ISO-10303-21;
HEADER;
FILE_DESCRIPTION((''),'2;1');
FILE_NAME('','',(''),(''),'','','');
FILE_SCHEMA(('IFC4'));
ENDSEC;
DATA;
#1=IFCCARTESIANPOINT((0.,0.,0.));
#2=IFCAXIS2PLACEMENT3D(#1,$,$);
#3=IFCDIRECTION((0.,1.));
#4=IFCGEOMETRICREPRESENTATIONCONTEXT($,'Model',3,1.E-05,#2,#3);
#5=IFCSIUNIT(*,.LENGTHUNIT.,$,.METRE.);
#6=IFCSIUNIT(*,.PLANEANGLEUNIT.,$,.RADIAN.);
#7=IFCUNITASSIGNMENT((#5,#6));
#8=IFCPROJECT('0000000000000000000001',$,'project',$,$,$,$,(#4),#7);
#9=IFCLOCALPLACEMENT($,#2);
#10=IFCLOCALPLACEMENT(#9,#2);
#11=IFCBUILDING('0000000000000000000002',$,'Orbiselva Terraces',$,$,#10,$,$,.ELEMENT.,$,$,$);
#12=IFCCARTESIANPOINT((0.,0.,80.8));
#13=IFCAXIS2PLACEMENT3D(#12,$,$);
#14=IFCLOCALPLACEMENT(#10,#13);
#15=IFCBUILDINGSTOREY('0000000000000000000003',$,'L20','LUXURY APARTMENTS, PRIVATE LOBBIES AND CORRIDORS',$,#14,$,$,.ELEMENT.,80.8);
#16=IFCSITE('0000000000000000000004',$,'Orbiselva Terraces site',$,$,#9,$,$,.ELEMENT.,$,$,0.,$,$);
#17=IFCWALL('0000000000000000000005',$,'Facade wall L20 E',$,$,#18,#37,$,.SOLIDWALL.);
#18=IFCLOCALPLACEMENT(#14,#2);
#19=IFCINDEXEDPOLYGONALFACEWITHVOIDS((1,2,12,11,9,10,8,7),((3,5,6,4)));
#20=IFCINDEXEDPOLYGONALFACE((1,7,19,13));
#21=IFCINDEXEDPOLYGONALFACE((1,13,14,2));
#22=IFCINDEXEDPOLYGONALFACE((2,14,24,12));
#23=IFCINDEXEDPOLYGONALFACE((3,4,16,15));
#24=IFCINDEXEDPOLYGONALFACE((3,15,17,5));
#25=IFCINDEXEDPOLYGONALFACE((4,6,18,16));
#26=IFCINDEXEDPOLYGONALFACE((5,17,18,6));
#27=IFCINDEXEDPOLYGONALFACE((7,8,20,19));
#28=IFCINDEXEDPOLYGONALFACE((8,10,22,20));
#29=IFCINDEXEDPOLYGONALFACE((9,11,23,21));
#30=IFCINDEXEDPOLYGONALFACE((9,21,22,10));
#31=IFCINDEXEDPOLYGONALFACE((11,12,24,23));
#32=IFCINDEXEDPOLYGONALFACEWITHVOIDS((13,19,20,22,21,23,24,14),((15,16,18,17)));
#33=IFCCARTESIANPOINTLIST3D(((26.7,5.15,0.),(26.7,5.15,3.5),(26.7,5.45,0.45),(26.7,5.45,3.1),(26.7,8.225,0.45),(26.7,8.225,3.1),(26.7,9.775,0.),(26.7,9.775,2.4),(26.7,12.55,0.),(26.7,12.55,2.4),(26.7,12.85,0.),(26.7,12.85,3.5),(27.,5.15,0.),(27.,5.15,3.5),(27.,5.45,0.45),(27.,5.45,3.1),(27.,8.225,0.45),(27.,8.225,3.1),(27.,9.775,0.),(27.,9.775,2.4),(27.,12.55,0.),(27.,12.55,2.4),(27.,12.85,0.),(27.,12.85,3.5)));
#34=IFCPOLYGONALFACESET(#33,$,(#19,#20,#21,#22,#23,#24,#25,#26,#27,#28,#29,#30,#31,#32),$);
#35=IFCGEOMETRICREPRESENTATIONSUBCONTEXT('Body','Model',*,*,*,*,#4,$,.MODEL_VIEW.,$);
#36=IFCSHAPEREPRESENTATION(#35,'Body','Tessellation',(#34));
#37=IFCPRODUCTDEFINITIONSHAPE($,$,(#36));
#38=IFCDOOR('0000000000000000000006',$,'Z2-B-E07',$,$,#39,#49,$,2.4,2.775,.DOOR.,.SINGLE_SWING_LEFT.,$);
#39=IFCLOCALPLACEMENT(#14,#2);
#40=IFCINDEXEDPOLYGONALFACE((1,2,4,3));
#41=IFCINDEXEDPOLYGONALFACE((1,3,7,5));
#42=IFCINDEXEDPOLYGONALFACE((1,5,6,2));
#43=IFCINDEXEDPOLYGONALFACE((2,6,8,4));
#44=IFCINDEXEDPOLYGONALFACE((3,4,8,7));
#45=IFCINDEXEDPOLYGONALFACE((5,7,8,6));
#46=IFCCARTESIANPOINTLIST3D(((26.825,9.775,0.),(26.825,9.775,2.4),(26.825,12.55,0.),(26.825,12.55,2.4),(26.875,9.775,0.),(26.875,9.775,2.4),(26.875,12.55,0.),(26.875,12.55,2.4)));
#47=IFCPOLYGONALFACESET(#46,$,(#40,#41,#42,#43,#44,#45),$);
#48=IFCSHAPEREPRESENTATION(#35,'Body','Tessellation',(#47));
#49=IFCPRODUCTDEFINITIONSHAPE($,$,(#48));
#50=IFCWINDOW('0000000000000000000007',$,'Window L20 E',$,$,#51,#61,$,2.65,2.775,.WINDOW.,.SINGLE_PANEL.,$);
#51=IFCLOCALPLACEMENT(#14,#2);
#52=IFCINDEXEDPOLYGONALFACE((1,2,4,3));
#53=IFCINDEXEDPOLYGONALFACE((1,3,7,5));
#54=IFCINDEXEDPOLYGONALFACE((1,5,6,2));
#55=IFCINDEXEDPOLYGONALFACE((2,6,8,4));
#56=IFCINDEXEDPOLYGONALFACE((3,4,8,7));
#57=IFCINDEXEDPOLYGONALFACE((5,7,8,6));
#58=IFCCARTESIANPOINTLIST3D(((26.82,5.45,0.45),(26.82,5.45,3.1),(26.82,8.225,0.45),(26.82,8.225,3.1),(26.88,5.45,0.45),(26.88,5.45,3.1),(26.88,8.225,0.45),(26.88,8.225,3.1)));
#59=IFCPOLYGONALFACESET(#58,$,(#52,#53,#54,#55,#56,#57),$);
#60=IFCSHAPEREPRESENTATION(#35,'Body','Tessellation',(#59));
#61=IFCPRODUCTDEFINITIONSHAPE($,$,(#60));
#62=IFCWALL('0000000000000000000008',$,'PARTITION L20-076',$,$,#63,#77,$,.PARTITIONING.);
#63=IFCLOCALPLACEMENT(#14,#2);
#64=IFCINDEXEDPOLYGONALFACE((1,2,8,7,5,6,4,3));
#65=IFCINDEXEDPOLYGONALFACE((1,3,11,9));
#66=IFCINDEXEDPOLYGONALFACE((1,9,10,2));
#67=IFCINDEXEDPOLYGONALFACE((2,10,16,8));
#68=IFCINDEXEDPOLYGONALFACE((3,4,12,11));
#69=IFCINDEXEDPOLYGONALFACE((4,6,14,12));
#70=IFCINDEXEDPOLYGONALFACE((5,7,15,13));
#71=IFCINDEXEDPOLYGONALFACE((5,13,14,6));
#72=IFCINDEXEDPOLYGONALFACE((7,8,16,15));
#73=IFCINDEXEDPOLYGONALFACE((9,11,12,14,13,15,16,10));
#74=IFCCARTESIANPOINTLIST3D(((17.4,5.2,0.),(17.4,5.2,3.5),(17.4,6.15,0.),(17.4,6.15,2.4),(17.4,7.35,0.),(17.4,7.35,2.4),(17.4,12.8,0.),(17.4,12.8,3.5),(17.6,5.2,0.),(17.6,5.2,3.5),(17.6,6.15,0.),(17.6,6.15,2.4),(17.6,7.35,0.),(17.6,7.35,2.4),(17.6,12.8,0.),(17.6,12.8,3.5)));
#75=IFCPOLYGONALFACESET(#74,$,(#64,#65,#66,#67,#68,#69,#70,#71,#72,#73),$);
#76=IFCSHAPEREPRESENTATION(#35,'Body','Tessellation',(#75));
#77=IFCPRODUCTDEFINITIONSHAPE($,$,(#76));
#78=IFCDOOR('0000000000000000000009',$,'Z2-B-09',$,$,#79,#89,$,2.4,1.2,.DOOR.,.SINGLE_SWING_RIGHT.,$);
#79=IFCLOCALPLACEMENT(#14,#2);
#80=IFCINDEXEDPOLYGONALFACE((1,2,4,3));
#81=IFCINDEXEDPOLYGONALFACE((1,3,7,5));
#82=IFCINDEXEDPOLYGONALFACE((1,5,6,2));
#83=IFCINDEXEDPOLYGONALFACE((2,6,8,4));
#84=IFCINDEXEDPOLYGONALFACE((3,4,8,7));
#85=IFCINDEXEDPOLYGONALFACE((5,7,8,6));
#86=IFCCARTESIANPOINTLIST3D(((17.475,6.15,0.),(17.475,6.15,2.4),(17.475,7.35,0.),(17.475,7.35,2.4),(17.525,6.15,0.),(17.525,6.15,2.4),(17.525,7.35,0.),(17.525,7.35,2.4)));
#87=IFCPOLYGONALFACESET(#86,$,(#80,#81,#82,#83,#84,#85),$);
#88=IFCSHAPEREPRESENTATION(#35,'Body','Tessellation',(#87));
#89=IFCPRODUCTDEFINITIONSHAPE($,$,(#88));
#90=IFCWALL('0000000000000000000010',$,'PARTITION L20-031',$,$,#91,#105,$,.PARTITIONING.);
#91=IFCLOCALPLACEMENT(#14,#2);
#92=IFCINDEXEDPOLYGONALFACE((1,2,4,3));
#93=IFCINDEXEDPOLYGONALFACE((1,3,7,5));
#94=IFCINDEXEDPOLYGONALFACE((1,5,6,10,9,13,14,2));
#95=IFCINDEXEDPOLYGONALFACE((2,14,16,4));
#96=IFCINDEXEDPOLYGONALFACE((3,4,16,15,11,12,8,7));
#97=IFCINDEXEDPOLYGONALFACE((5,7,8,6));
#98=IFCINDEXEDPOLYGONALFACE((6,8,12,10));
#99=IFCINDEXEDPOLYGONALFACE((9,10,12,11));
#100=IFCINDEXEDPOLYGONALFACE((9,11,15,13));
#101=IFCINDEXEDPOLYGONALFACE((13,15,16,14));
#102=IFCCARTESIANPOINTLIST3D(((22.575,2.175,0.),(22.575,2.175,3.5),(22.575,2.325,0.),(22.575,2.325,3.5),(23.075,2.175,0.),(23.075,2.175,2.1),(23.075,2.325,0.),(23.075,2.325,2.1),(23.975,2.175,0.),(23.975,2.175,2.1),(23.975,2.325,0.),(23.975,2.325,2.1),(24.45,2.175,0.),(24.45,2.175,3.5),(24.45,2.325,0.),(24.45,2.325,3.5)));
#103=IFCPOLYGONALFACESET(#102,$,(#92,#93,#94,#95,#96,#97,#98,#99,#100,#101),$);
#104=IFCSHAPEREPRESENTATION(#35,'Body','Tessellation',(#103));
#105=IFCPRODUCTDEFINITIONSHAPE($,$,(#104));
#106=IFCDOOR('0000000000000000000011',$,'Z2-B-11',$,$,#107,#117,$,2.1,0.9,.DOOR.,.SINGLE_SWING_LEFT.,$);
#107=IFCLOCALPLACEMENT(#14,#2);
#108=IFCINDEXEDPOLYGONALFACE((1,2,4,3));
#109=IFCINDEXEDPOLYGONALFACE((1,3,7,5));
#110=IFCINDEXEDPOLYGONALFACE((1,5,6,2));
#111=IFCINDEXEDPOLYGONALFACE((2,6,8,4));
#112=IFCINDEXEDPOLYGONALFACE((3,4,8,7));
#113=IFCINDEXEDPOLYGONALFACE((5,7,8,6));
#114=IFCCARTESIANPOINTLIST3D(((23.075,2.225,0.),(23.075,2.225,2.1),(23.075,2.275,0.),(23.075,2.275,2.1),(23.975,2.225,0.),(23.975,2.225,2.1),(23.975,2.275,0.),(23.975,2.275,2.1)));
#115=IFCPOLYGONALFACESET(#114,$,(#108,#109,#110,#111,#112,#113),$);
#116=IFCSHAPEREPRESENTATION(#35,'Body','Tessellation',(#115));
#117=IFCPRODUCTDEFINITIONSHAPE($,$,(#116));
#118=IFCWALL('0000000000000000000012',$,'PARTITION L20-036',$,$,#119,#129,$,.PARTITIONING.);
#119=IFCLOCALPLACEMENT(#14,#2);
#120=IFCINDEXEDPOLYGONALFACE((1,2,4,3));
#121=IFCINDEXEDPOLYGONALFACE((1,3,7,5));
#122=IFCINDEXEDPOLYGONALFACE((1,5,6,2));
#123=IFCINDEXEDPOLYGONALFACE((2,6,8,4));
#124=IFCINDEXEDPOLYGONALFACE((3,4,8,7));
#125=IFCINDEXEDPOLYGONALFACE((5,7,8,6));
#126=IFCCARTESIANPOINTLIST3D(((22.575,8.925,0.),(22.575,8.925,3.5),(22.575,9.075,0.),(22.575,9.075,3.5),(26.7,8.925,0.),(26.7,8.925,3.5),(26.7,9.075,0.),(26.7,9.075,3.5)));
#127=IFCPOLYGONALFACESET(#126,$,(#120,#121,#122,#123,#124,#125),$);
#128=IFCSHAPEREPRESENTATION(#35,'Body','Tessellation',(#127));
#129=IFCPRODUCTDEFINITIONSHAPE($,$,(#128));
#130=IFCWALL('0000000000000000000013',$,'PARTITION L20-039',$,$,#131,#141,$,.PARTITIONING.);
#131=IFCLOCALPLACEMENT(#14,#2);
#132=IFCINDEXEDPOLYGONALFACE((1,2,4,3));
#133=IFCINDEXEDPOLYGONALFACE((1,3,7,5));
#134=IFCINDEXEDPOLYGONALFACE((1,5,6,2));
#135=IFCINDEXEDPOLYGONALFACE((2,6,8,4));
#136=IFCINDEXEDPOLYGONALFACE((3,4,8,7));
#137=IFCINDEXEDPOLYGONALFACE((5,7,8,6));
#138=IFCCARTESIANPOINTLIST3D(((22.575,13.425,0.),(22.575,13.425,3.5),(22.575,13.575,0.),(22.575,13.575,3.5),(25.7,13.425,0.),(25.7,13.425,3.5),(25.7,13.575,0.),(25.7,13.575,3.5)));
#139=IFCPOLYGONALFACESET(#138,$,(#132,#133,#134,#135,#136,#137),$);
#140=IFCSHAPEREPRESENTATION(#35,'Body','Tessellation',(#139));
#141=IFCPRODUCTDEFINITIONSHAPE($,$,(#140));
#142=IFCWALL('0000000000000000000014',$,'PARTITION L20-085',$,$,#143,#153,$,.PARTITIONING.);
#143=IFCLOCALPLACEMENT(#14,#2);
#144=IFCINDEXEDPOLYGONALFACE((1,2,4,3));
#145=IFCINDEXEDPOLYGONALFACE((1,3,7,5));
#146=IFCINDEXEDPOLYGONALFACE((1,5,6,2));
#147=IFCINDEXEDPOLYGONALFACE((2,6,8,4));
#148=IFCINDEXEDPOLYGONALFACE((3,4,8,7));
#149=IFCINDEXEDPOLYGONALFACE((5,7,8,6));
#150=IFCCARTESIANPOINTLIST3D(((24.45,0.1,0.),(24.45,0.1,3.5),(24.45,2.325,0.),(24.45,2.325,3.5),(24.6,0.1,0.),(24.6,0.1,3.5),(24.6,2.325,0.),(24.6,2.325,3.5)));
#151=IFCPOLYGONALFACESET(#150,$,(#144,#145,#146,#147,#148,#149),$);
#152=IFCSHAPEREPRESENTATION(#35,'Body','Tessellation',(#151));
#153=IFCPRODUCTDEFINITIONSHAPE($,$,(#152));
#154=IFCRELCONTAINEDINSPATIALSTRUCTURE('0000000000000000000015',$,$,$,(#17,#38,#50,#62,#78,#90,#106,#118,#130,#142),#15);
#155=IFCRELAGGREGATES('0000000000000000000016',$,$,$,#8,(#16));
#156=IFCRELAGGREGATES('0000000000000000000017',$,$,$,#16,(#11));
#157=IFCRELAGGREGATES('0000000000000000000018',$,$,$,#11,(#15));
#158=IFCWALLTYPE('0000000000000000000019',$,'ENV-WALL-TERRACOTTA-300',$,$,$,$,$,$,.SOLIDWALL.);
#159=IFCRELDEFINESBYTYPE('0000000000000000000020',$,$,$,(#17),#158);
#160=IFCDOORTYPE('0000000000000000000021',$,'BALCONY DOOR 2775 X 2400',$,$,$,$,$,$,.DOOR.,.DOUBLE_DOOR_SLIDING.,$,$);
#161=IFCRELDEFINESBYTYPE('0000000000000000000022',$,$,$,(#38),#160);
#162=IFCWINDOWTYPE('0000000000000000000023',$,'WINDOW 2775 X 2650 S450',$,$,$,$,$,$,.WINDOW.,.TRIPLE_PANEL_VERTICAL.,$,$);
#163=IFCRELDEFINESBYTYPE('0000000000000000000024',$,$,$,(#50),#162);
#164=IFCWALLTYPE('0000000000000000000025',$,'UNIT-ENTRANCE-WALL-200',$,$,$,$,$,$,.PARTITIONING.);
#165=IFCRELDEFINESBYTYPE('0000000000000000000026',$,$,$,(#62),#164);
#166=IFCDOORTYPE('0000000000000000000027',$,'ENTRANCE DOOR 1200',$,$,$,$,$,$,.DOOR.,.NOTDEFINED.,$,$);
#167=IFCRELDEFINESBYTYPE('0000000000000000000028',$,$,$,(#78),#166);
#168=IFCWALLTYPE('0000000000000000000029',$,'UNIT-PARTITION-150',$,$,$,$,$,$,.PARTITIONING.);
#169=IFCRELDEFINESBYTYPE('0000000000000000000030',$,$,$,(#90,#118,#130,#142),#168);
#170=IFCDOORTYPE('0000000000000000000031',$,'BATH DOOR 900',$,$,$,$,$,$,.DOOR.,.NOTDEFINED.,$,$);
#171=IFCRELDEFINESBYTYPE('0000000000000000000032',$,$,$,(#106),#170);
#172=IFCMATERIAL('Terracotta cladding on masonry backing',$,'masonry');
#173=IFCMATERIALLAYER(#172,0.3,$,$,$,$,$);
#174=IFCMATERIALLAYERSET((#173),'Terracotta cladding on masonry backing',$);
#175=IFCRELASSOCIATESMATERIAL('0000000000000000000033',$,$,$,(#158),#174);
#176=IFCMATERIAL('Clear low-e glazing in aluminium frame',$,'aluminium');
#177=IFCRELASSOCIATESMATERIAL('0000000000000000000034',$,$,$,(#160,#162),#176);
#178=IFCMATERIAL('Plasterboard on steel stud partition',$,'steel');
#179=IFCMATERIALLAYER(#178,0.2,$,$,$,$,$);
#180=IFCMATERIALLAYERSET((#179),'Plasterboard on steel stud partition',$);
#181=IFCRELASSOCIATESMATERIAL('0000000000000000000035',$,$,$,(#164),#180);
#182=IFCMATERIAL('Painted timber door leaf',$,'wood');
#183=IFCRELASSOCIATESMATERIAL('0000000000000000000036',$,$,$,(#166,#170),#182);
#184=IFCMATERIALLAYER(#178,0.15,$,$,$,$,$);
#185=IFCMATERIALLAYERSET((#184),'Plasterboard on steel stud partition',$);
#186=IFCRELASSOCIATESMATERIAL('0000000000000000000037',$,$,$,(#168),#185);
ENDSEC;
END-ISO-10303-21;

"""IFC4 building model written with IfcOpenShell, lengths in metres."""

from ifc_helpers import new_model, si_unit, direction, frame, frame_2d, origin, place, context, subcontext, project, spatial, rectangle, extrude, material, layer, layer_set, type_object, element, fill, save


model = new_model("IFC4")

# Units and contexts
model_context = context("Model", 3, precision=1e-05, world=origin(), true_north=direction((0.0, 1.0)))
body_context = subcontext(model_context, "Body", "Model", "MODEL_VIEW")
ifc_project = project(units=[si_unit("LENGTHUNIT", "METRE"), si_unit("PLANEANGLEUNIT", "RADIAN")], contexts=[model_context])

# Site, building, storey
site_placement = place(None, origin())
site = spatial("IfcSite", under=ifc_project, at=site_placement, Name="Orbiselva Terraces site", CompositionType="ELEMENT", RefElevation=0.0)
building_placement = place(site_placement, origin())
building = spatial("IfcBuilding", under=site, at=building_placement, Name="Orbiselva Terraces", CompositionType="ELEMENT")
storey_placement = place(building_placement, frame((0.0, 0.0, 80.8)))
storey = spatial("IfcBuildingStorey", under=building, at=storey_placement, Name="L20", Description="LUXURY APARTMENTS, PRIVATE LOBBIES AND CORRIDORS", CompositionType="ELEMENT", Elevation=80.8)

# Wall, openings, door, window
ifc_material_1 = material(Name="Terracotta cladding on masonry backing", Category="masonry")
ifc_layer_1 = layer(ifc_material_1, 0.3)
ifc_layer_set_1 = layer_set([ifc_layer_1], Name="Terracotta cladding on masonry backing")
wall_type_1 = type_object("IfcWallType", Name="ENV-WALL-TERRACOTTA-300", PredefinedType="SOLIDWALL", material=ifc_layer_set_1)
ifc_material_2 = material(Name="Clear low-e glazing in aluminium frame", Category="aluminium")
door_type_1 = type_object("IfcDoorType", Name="BALCONY DOOR 2775 X 2400", OperationType="DOUBLE_DOOR_SLIDING", PredefinedType="DOOR", material=ifc_material_2)
window_type = type_object("IfcWindowType", Name="WINDOW 2775 X 2650 S450", PartitioningType="TRIPLE_PANEL_VERTICAL", PredefinedType="WINDOW", material=ifc_material_2)
wall_1_placement = place(storey_placement, frame((26.85, 12.85, 0.0), z_axis=(0.0, 0.0, 1.0), x_axis=(0.0, -1.0, 0.0)))
wall_1 = element("IfcWall", 1, at=wall_1_placement, inside=storey, type_object=wall_type_1, Name="Facade wall L20 E", PredefinedType="SOLIDWALL", context=body_context, shape_type="SweptSolid", body=[
    extrude(rectangle(XDim=7.7, YDim=0.3, at=frame_2d((3.85, 0.0))), origin(), (0.0, 0.0, 1.0), 3.5),
])
opening_1_placement = place(wall_1_placement, frame((4.625, 0.0, 0.45)))
opening_1 = element("IfcOpeningElement", 2, at=opening_1_placement, cuts=wall_1, PredefinedType="OPENING", context=body_context, shape_type="SweptSolid", body=[
    extrude(rectangle(XDim=2.775, YDim=2.65, at=frame_2d((1.3875, 1.325))), frame((0.0, 0.16, 0.0), z_axis=(0.0, -1.0, 0.0), x_axis=(1.0, 0.0, 0.0)), (0.0, 0.0, 1.0), 0.32),
])
opening_2_placement = place(wall_1_placement, frame((0.3, 0.0, 0.0)))
opening_2 = element("IfcOpeningElement", 3, at=opening_2_placement, cuts=wall_1, PredefinedType="OPENING", context=body_context, shape_type="SweptSolid", body=[
    extrude(rectangle(XDim=2.775, YDim=2.4, at=frame_2d((1.3875, 1.2))), frame((0.0, 0.16, 0.0), z_axis=(0.0, -1.0, 0.0), x_axis=(1.0, 0.0, 0.0)), (0.0, 0.0, 1.0), 0.32),
])
door_1_placement = place(opening_2_placement, origin())
door_1 = element("IfcDoor", 4, at=door_1_placement, inside=storey, type_object=door_type_1, Name="Z2-B-E07", OperationType="SINGLE_SWING_LEFT", OverallHeight=2.4, OverallWidth=2.775, PredefinedType="DOOR", context=body_context, shape_type="SweptSolid", body=[
    extrude(rectangle(XDim=2.775, YDim=2.4, at=frame_2d((1.3875, 1.2))), frame((0.0, 0.025, 0.0), z_axis=(0.0, -1.0, 0.0), x_axis=(1.0, 0.0, 0.0)), (0.0, 0.0, 1.0), 0.05),
])
fill(opening_2, door_1)
window_1_placement = place(opening_1_placement, origin())
window_1 = element("IfcWindow", 5, at=window_1_placement, inside=storey, type_object=window_type, Name="Window L20 E", OverallHeight=2.65, OverallWidth=2.775, PartitioningType="SINGLE_PANEL", PredefinedType="WINDOW", context=body_context, shape_type="SweptSolid", body=[
    extrude(rectangle(XDim=2.775, YDim=2.65, at=frame_2d((1.3875, 1.325))), frame((0.0, 0.03, 0.0), z_axis=(0.0, -1.0, 0.0), x_axis=(1.0, 0.0, 0.0)), (0.0, 0.0, 1.0), 0.06),
])
fill(opening_1, window_1)

# Walls, openings, doors
ifc_material_3 = material(Name="Plasterboard on steel stud partition", Category="steel")
ifc_layer_2 = layer(ifc_material_3, 0.2)
ifc_layer_set_2 = layer_set([ifc_layer_2], Name="Plasterboard on steel stud partition")
wall_type_2 = type_object("IfcWallType", Name="UNIT-ENTRANCE-WALL-200", PredefinedType="PARTITIONING", material=ifc_layer_set_2)
wall_2_placement = place(storey_placement, frame((17.5, 12.8, 0.0), z_axis=(0.0, 0.0, 1.0), x_axis=(0.0, -1.0, 0.0)))
wall_2 = element("IfcWall", 6, at=wall_2_placement, inside=storey, type_object=wall_type_2, Name="PARTITION L20-076", PredefinedType="PARTITIONING", context=body_context, shape_type="SweptSolid", body=[
    extrude(rectangle(XDim=7.6, YDim=0.2, at=frame_2d((3.8, 0.0))), origin(), (0.0, 0.0, 1.0), 3.5),
])
opening_3_placement = place(wall_2_placement, frame((5.45, 0.0, 0.0)))
opening_3 = element("IfcOpeningElement", 7, at=opening_3_placement, cuts=wall_2, PredefinedType="OPENING", context=body_context, shape_type="SweptSolid", body=[
    extrude(rectangle(XDim=1.2, YDim=2.4, at=frame_2d((0.6, 1.2))), frame((0.0, 0.11, 0.0), z_axis=(0.0, -1.0, 0.0), x_axis=(1.0, 0.0, 0.0)), (0.0, 0.0, 1.0), 0.22),
])
ifc_material_4 = material(Name="Painted timber door leaf", Category="wood")
door_type_2 = type_object("IfcDoorType", Name="ENTRANCE DOOR 1200", OperationType="NOTDEFINED", PredefinedType="DOOR", material=ifc_material_4)
door_2_placement = place(opening_3_placement, origin())
door_2 = element("IfcDoor", 8, at=door_2_placement, inside=storey, type_object=door_type_2, Name="Z2-B-09", OperationType="SINGLE_SWING_RIGHT", OverallHeight=2.4, OverallWidth=1.2, PredefinedType="DOOR", context=body_context, shape_type="SweptSolid", body=[
    extrude(rectangle(XDim=1.2, YDim=2.4, at=frame_2d((0.6, 1.2))), frame((0.0, 0.025, 0.0), z_axis=(0.0, -1.0, 0.0), x_axis=(1.0, 0.0, 0.0)), (0.0, 0.0, 1.0), 0.05),
])
fill(opening_3, door_2)
ifc_layer_3 = layer(ifc_material_3, 0.15)
ifc_layer_set_3 = layer_set([ifc_layer_3], Name="Plasterboard on steel stud partition")
wall_type_3 = type_object("IfcWallType", Name="UNIT-PARTITION-150", PredefinedType="PARTITIONING", material=ifc_layer_set_3)
wall_3_placement = place(storey_placement, frame((24.45, 2.25, 0.0), z_axis=(0.0, 0.0, 1.0), x_axis=(-1.0, 0.0, 0.0)))
wall_3 = element("IfcWall", 9, at=wall_3_placement, inside=storey, type_object=wall_type_3, Name="PARTITION L20-031", PredefinedType="PARTITIONING", context=body_context, shape_type="SweptSolid", body=[
    extrude(rectangle(XDim=1.875, YDim=0.15, at=frame_2d((0.9375, 0.0))), origin(), (0.0, 0.0, 1.0), 3.5),
])
opening_4_placement = place(wall_3_placement, frame((0.475, 0.0, 0.0)))
opening_4 = element("IfcOpeningElement", 10, at=opening_4_placement, cuts=wall_3, PredefinedType="OPENING", context=body_context, shape_type="SweptSolid", body=[
    extrude(rectangle(XDim=0.9, YDim=2.1, at=frame_2d((0.45, 1.05))), frame((0.0, 0.085, 0.0), z_axis=(0.0, -1.0, 0.0), x_axis=(1.0, 0.0, 0.0)), (0.0, 0.0, 1.0), 0.17),
])
door_type_3 = type_object("IfcDoorType", Name="BATH DOOR 900", OperationType="NOTDEFINED", PredefinedType="DOOR", material=ifc_material_4)
door_3_placement = place(opening_4_placement, origin())
door_3 = element("IfcDoor", 11, at=door_3_placement, inside=storey, type_object=door_type_3, Name="Z2-B-11", OperationType="SINGLE_SWING_LEFT", OverallHeight=2.1, OverallWidth=0.9, PredefinedType="DOOR", context=body_context, shape_type="SweptSolid", body=[
    extrude(rectangle(XDim=0.9, YDim=2.1, at=frame_2d((0.45, 1.05))), frame((0.0, 0.025, 0.0), z_axis=(0.0, -1.0, 0.0), x_axis=(1.0, 0.0, 0.0)), (0.0, 0.0, 1.0), 0.05),
])
fill(opening_4, door_3)

# Walls
wall_4_placement = place(storey_placement, frame((22.575, 9.0, 0.0), z_axis=(0.0, 0.0, 1.0), x_axis=(1.0, 0.0, 0.0)))
element("IfcWall", 12, at=wall_4_placement, inside=storey, type_object=wall_type_3, Name="PARTITION L20-036", PredefinedType="PARTITIONING", context=body_context, shape_type="SweptSolid", body=[
    extrude(rectangle(XDim=4.125, YDim=0.15, at=frame_2d((2.0625, 0.0))), origin(), (0.0, 0.0, 1.0), 3.5),
])
wall_5_placement = place(storey_placement, frame((22.575, 13.5, 0.0), z_axis=(0.0, 0.0, 1.0), x_axis=(1.0, 0.0, 0.0)))
element("IfcWall", 13, at=wall_5_placement, inside=storey, type_object=wall_type_3, Name="PARTITION L20-039", PredefinedType="PARTITIONING", context=body_context, shape_type="SweptSolid", body=[
    extrude(rectangle(XDim=3.125, YDim=0.15, at=frame_2d((1.5625, 0.0))), origin(), (0.0, 0.0, 1.0), 3.5),
])
wall_6_placement = place(storey_placement, frame((24.525, 0.1, 0.0), z_axis=(0.0, 0.0, 1.0), x_axis=(0.0, 1.0, 0.0)))
element("IfcWall", 14, at=wall_6_placement, inside=storey, type_object=wall_type_3, Name="PARTITION L20-085", PredefinedType="PARTITIONING", context=body_context, shape_type="SweptSolid", body=[
    extrude(rectangle(XDim=2.225, YDim=0.15, at=frame_2d((1.1125, 0.0))), origin(), (0.0, 0.0, 1.0), 3.5),
])

save(model, "model.ifc")
